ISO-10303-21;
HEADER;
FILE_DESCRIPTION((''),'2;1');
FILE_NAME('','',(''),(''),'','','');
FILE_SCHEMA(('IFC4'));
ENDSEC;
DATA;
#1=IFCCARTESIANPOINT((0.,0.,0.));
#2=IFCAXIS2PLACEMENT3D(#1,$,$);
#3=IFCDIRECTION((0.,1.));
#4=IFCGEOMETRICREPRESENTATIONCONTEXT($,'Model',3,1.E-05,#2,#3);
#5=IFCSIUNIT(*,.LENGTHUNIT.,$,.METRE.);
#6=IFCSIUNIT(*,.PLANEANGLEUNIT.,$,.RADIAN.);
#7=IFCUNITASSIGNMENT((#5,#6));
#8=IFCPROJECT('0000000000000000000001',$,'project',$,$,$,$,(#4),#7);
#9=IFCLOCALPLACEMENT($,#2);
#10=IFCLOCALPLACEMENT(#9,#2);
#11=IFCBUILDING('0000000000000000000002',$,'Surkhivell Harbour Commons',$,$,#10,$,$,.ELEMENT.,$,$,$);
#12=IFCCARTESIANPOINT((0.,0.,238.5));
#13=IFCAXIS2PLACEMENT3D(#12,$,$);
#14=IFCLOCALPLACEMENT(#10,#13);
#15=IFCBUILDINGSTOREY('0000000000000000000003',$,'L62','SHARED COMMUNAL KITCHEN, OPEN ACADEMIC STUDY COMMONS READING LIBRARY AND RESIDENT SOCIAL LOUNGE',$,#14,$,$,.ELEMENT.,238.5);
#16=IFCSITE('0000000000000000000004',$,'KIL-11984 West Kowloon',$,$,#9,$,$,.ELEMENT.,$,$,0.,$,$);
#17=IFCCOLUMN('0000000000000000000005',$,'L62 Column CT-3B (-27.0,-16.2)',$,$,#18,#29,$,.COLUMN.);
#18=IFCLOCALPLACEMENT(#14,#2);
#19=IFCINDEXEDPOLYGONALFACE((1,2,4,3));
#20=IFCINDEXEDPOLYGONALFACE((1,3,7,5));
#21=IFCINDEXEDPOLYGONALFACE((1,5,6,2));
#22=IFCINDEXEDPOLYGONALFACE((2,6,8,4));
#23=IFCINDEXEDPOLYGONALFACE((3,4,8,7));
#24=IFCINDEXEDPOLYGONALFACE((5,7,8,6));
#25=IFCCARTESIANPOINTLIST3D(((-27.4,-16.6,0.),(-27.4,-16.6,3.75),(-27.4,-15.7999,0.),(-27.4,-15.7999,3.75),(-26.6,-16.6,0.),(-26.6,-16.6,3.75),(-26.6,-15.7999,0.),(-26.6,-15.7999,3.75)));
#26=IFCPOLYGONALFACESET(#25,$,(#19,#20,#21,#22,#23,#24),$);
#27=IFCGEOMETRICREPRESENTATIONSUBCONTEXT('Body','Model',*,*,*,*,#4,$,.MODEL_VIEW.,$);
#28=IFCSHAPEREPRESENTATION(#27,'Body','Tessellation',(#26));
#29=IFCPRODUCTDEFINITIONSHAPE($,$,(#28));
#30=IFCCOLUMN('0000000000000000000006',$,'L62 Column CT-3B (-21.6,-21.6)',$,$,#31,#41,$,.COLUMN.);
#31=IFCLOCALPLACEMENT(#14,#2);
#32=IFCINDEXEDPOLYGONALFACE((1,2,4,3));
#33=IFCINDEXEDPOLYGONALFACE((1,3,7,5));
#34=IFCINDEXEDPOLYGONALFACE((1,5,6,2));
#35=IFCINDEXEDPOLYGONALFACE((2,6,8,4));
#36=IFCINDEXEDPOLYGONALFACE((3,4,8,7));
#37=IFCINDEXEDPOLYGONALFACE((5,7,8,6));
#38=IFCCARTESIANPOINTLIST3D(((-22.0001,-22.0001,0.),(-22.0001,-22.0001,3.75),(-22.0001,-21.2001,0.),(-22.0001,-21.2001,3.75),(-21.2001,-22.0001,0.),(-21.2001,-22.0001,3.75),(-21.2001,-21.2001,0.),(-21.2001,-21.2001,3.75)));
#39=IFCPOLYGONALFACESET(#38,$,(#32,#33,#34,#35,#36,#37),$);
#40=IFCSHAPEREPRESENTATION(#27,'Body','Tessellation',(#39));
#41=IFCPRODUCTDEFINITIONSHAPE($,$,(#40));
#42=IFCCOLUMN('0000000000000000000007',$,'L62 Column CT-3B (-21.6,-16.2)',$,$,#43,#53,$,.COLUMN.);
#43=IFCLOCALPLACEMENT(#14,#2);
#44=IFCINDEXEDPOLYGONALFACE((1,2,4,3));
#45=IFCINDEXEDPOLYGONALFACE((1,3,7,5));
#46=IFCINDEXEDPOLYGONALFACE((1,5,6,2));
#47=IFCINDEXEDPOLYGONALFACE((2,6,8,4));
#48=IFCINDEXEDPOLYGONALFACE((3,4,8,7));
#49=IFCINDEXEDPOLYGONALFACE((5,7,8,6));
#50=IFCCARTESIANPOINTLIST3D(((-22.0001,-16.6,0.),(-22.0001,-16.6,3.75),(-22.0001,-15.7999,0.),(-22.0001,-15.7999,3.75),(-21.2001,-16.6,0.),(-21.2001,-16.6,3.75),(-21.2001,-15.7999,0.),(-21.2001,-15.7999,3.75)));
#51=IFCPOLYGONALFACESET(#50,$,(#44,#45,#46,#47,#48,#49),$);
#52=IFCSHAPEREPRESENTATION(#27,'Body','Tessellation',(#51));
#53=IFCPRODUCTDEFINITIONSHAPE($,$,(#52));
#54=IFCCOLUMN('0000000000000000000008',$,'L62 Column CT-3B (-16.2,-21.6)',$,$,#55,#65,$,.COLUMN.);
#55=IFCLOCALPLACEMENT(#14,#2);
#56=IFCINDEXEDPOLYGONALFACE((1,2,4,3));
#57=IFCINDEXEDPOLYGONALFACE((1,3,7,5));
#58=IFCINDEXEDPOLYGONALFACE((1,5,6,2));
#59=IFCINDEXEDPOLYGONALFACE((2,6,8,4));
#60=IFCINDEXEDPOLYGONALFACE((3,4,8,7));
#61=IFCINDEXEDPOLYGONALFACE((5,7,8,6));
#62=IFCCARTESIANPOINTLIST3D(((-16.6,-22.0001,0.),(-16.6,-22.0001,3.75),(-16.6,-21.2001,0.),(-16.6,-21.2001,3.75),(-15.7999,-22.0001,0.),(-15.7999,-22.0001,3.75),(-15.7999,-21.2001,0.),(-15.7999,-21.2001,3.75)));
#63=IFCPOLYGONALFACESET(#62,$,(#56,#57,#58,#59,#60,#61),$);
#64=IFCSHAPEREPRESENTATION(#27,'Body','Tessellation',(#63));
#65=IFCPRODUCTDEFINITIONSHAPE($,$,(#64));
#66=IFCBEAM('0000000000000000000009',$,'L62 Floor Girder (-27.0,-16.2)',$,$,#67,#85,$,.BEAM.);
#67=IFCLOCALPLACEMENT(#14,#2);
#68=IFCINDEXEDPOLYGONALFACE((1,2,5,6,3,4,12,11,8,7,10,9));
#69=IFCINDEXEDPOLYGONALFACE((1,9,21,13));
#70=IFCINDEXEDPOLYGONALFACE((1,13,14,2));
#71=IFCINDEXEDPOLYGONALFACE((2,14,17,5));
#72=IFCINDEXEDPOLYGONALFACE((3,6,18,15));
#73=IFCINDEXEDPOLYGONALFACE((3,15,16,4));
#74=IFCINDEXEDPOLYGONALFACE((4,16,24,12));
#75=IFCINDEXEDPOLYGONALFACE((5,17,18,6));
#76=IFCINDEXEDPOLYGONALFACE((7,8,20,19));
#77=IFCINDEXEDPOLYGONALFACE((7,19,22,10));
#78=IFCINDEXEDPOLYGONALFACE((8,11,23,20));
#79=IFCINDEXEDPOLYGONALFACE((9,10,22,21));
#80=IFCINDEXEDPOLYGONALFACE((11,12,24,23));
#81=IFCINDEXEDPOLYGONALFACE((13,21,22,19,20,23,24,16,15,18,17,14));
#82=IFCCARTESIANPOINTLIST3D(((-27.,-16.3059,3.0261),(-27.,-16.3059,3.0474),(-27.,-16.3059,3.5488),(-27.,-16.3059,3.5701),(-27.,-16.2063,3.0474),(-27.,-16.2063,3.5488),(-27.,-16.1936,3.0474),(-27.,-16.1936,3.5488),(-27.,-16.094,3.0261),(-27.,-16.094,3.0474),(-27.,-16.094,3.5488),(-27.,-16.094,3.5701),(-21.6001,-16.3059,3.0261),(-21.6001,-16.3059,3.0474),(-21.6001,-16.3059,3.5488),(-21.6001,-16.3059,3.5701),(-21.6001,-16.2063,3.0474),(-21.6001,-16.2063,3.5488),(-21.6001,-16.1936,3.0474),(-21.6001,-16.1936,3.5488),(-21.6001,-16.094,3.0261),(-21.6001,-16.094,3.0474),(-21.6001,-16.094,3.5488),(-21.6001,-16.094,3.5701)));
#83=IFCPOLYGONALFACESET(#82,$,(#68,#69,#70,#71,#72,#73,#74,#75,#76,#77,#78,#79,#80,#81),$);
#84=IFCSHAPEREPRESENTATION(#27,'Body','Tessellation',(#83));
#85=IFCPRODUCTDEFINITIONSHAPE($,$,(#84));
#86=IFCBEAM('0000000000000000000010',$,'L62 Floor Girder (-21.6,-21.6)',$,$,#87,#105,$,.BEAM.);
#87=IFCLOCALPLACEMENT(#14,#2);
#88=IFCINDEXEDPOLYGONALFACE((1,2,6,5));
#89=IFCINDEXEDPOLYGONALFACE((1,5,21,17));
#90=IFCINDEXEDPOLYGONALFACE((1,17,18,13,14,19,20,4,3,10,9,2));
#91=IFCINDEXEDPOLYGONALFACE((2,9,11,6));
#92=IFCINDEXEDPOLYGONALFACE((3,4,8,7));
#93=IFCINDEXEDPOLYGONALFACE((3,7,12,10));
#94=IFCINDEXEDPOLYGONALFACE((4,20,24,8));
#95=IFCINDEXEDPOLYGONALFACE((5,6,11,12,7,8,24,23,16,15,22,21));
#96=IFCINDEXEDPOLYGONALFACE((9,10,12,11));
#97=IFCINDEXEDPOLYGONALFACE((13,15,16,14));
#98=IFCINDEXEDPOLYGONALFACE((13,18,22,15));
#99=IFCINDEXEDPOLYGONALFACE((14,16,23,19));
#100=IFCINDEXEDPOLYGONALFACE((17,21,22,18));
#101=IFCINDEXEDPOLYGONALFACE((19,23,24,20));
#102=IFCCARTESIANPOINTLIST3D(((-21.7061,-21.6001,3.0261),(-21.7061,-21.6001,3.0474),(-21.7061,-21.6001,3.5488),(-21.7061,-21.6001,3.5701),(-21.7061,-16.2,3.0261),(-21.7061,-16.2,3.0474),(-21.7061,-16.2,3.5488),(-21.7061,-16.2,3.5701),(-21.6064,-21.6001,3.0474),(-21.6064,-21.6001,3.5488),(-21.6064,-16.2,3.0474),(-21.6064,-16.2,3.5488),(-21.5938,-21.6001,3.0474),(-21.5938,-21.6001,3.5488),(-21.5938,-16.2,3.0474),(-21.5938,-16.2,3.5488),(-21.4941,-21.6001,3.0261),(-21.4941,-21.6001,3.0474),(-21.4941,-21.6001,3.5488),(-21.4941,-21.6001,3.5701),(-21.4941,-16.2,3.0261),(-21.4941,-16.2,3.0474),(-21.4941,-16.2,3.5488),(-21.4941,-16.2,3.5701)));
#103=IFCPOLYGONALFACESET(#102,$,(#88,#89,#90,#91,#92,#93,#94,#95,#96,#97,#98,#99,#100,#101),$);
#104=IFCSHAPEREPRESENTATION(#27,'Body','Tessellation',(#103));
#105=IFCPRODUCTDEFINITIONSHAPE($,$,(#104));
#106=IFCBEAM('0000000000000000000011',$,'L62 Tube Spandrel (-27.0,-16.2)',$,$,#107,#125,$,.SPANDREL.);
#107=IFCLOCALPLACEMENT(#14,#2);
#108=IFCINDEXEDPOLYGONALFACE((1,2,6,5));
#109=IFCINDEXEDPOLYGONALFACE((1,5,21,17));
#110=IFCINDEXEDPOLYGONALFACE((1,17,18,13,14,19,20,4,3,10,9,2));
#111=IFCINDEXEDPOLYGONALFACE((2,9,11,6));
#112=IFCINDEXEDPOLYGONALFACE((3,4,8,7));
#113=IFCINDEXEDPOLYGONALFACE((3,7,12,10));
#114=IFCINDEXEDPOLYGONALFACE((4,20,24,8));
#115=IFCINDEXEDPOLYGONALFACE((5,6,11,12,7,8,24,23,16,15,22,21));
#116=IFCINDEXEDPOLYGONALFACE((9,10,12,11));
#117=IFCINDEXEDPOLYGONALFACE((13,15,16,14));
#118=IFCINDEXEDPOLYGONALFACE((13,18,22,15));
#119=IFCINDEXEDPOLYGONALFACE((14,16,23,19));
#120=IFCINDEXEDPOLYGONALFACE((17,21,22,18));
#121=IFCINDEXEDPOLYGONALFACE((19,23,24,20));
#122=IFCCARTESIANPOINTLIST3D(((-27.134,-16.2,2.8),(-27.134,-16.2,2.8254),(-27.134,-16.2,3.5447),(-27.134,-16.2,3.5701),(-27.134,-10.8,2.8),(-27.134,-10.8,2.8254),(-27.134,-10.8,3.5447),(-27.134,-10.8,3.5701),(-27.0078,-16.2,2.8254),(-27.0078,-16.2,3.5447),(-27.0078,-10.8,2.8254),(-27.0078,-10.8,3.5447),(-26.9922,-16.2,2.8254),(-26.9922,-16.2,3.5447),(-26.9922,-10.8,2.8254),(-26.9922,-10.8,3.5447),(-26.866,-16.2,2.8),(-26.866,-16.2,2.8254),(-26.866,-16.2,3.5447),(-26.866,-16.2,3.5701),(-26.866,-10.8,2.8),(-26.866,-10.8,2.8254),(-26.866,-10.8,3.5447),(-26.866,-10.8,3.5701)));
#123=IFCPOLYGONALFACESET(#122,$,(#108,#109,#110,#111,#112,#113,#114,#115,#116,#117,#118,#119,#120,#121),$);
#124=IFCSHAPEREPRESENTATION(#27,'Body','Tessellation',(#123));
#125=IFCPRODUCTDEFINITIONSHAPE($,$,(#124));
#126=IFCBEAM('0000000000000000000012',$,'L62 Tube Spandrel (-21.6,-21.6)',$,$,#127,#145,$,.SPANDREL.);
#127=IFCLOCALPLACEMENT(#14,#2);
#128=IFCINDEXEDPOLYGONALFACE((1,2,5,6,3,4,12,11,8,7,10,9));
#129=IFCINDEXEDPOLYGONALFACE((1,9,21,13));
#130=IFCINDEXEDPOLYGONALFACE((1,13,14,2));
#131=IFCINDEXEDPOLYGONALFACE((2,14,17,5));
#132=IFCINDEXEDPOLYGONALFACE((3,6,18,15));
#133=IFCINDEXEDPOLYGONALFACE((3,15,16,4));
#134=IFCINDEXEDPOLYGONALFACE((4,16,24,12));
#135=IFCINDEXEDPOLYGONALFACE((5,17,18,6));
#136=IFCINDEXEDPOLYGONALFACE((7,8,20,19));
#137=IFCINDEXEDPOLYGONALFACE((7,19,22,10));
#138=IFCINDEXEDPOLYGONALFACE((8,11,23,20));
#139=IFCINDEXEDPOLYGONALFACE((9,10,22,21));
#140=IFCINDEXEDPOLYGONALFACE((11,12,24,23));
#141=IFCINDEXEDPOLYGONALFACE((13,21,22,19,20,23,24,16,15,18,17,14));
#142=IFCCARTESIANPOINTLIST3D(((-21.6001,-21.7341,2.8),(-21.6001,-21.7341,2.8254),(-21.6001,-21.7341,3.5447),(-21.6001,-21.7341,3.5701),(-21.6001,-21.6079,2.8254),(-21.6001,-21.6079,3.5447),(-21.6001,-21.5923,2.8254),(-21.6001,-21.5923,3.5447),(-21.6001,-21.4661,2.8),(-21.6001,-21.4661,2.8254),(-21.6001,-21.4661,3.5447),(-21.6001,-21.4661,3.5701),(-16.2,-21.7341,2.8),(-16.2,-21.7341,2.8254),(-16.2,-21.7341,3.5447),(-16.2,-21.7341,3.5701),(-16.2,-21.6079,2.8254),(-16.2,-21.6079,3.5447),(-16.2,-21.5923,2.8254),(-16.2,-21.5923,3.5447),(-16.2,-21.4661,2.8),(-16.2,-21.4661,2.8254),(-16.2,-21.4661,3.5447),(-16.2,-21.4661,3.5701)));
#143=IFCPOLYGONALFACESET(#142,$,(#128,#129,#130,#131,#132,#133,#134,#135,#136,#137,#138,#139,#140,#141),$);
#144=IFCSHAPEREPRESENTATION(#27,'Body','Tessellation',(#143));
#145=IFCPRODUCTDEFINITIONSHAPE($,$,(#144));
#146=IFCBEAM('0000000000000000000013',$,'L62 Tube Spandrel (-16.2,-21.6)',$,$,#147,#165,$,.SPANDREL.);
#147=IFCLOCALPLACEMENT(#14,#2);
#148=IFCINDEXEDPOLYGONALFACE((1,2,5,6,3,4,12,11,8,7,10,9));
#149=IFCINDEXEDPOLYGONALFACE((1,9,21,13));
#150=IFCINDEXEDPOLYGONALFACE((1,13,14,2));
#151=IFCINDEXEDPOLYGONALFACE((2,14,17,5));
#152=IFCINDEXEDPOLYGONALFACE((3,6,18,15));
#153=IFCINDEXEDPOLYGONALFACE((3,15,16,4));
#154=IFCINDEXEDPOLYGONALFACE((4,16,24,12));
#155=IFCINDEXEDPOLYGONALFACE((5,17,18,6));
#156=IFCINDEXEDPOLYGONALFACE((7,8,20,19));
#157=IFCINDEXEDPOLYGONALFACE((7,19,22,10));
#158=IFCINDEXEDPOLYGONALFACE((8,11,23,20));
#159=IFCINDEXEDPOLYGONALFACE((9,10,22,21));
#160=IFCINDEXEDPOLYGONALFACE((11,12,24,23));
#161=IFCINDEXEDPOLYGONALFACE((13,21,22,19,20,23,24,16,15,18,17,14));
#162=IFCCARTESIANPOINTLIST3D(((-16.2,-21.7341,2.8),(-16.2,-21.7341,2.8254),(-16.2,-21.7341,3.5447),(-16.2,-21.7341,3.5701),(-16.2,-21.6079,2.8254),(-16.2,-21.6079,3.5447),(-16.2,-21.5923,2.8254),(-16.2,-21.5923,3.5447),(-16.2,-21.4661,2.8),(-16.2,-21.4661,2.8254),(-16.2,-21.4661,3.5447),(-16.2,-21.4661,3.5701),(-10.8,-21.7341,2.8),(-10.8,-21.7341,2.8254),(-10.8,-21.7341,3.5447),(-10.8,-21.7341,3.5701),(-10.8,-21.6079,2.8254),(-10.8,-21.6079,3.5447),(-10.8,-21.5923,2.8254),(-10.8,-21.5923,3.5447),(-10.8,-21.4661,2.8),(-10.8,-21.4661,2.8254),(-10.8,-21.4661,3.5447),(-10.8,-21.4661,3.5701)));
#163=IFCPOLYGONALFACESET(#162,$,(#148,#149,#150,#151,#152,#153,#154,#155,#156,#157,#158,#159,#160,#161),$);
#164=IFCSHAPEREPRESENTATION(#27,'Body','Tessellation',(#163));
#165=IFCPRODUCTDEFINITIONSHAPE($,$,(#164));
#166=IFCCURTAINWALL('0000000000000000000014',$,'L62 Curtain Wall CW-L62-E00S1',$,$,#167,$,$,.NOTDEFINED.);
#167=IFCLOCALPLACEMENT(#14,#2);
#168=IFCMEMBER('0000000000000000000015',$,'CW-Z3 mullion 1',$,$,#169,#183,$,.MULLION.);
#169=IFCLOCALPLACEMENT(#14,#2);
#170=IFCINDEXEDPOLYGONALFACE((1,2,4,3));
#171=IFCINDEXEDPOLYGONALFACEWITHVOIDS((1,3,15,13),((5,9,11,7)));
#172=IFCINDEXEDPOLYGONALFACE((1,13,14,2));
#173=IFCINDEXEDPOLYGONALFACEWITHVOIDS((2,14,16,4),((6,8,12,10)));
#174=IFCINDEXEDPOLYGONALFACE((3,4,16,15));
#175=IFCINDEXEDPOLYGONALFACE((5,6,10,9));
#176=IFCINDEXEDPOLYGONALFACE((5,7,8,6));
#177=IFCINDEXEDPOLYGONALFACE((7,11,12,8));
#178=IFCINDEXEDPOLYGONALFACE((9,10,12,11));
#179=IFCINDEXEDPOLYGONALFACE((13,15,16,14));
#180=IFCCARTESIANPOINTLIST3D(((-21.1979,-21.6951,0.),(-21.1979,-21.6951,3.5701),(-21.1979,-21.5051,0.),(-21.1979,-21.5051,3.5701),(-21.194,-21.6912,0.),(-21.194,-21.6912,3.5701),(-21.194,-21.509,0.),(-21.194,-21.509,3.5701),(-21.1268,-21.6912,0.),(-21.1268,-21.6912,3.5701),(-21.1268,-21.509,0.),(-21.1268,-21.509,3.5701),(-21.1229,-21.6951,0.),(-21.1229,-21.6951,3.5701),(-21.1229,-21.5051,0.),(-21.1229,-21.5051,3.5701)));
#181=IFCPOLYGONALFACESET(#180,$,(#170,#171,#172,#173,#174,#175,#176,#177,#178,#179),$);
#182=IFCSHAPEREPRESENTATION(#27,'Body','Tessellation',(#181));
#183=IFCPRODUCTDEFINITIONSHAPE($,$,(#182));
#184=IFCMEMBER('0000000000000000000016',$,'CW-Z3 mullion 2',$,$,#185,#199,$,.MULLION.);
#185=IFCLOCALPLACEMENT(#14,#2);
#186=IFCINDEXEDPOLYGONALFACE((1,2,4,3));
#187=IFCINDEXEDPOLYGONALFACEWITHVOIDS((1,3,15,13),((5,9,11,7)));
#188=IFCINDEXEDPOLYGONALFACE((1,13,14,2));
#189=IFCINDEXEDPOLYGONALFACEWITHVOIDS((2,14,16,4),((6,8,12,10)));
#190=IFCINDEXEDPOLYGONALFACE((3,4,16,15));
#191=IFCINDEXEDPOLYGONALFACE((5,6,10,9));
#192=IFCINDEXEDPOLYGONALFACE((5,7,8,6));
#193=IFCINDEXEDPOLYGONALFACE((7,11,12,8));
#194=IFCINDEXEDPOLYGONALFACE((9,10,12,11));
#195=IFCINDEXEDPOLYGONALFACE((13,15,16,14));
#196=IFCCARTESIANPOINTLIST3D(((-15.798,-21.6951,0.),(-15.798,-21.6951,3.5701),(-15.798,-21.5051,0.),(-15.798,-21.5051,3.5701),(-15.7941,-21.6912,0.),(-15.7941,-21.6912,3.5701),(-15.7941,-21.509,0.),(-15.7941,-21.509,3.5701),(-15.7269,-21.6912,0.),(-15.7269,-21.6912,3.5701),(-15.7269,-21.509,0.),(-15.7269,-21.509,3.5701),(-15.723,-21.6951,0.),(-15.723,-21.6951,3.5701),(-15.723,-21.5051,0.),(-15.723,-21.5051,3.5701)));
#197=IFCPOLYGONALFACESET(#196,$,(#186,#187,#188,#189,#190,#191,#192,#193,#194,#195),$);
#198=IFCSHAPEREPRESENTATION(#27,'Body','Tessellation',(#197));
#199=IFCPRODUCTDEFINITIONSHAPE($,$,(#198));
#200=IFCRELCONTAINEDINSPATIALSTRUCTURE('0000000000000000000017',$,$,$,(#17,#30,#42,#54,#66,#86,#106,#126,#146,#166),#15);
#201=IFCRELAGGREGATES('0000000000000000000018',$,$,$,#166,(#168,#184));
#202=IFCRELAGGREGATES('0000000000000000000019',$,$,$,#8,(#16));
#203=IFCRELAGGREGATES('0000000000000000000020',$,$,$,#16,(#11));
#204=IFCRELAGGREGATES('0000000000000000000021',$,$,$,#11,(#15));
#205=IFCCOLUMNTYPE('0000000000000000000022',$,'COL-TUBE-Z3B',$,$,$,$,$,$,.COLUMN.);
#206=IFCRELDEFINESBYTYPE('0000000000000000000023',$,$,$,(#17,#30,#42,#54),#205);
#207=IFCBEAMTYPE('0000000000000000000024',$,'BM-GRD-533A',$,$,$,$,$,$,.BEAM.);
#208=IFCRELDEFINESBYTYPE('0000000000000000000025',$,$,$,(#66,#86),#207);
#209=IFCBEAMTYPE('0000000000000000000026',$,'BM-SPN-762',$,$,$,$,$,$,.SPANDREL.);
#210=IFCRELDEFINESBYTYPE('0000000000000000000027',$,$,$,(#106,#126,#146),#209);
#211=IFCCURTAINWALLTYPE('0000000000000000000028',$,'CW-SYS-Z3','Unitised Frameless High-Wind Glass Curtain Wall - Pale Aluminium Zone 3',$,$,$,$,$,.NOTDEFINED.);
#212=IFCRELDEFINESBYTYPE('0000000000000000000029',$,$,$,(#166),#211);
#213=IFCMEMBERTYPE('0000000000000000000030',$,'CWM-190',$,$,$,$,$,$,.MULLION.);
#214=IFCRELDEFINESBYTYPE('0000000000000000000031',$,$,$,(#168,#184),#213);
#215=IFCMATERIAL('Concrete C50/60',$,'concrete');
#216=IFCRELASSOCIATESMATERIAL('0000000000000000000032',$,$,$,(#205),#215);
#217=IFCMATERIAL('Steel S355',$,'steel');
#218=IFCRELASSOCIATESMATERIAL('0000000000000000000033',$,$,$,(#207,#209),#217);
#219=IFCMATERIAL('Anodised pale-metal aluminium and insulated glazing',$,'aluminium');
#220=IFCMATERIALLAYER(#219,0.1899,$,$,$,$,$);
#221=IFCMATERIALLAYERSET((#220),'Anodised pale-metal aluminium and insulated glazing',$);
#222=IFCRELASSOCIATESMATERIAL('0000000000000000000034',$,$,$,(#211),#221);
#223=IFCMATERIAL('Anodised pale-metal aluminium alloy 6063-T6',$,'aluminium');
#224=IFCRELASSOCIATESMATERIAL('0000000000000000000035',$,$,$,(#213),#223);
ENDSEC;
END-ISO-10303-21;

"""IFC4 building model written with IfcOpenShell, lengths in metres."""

from ifc_helpers import new_model, si_unit, direction, frame, origin, origin_2d, place, context, subcontext, project, spatial, rectangle, hollow_rectangle, i_section, extrude, material, layer, layer_set, material_profile, profile_set, type_object, element, aggregate, save


model = new_model("IFC4")

# Units and contexts
model_context = context("Model", 3, precision=1e-05, world=origin(), true_north=direction((0.0, 1.0)))
body_context = subcontext(model_context, "Body", "Model", "MODEL_VIEW")
ifc_project = project(units=[si_unit("LENGTHUNIT", "METRE"), si_unit("PLANEANGLEUNIT", "RADIAN")], contexts=[model_context])

# Site, building, storey
site_placement = place(None, origin())
site = spatial("IfcSite", under=ifc_project, at=site_placement, Name="KIL-11984 West Kowloon", CompositionType="ELEMENT", RefElevation=0.0)
building_placement = place(site_placement, origin())
building = spatial("IfcBuilding", under=site, at=building_placement, Name="Surkhivell Harbour Commons", CompositionType="ELEMENT")
storey_placement = place(building_placement, frame((0.0, 0.0, 238.5)))
storey = spatial("IfcBuildingStorey", under=building, at=storey_placement, Name="L62", Description="SHARED COMMUNAL KITCHEN, OPEN ACADEMIC STUDY COMMONS READING LIBRARY AND RESIDENT SOCIAL LOUNGE", CompositionType="ELEMENT", Elevation=238.5)

# Columns
ifc_material_1 = material(Name="Concrete C50/60", Category="concrete")
ifc_material_profile_1 = material_profile(ifc_material_1, rectangle(XDim=0.8, YDim=0.8, at=origin_2d()), Name="RC-COL-800x800")
ifc_profile_set_1 = profile_set([ifc_material_profile_1], Name="Concrete C50/60")
column_type = type_object("IfcColumnType", Name="COL-TUBE-Z3B", PredefinedType="COLUMN", material=ifc_profile_set_1)
for number, where, z_axis, x_axis, name in (
    (1, (-27.0, -16.2, 0.0), (0.0, 0.0, 1.0), (1.0, 0.0, 0.0), "L62 Column CT-3B (-27.0,-16.2)"),
    (2, (-21.6001, -21.6001, 0.0), (0.0, 0.0, 1.0), (1.0, 0.0, 0.0), "L62 Column CT-3B (-21.6,-21.6)"),
    (3, (-21.6001, -16.2, 0.0), (0.0, 0.0, 1.0), (1.0, 0.0, 0.0), "L62 Column CT-3B (-21.6,-16.2)"),
    (4, (-16.2, -21.6001, 0.0), (0.0, 0.0, 1.0), (1.0, 0.0, 0.0), "L62 Column CT-3B (-16.2,-21.6)"),
):
    element("IfcColumn", number, at=place(storey_placement, frame(where, z_axis=z_axis, x_axis=x_axis)), inside=storey, type_object=column_type, Name=name, PredefinedType="COLUMN", context=body_context, shape_type="SweptSolid", body=[
        extrude(rectangle(XDim=0.8, YDim=0.8, at=origin_2d()), origin(), (0.0, 0.0, 1.0), 3.75),
    ])

# Beams
ifc_material_2 = material(Name="Steel S355", Category="steel")
ifc_material_profile_2 = material_profile(ifc_material_2, i_section(OverallWidth=0.2119, OverallDepth=0.5439, WebThickness=0.0127, FlangeThickness=0.0212, at=origin_2d()), Name="UB533x210x122")
ifc_profile_set_2 = profile_set([ifc_material_profile_2], Name="Steel S355")
beam_type_1 = type_object("IfcBeamType", Name="BM-GRD-533A", PredefinedType="BEAM", material=ifc_profile_set_2)
beam_1_placement = place(storey_placement, frame((-27.0, -16.2, 3.2981), z_axis=(1.0, 0.0, 0.0), x_axis=(0.0, 1.0, 0.0)))
element("IfcBeam", 5, at=beam_1_placement, inside=storey, type_object=beam_type_1, Name="L62 Floor Girder (-27.0,-16.2)", PredefinedType="BEAM", context=body_context, shape_type="SweptSolid", body=[
    extrude(i_section(OverallWidth=0.2119, OverallDepth=0.5439, WebThickness=0.0127, FlangeThickness=0.0212, at=origin_2d()), origin(), (0.0, 0.0, 1.0), 5.3999),
])
beam_2_placement = place(storey_placement, frame((-21.6001, -21.6001, 3.2981), z_axis=(0.0, 1.0, 0.0), x_axis=(-1.0, 0.0, 0.0)))
element("IfcBeam", 6, at=beam_2_placement, inside=storey, type_object=beam_type_1, Name="L62 Floor Girder (-21.6,-21.6)", PredefinedType="BEAM", context=body_context, shape_type="SweptSolid", body=[
    extrude(i_section(OverallWidth=0.2119, OverallDepth=0.5439, WebThickness=0.0127, FlangeThickness=0.0212, at=origin_2d()), origin(), (0.0, 0.0, 1.0), 5.4001),
])
ifc_material_profile_3 = material_profile(ifc_material_2, i_section(OverallWidth=0.2681, OverallDepth=0.77, WebThickness=0.0156, FlangeThickness=0.0254, at=origin_2d()), Name="UB762x267x197")
ifc_profile_set_3 = profile_set([ifc_material_profile_3], Name="Steel S355")
beam_type_2 = type_object("IfcBeamType", Name="BM-SPN-762", PredefinedType="SPANDREL", material=ifc_profile_set_3)
beam_3_placement = place(storey_placement, frame((-27.0, -16.2, 3.1851), z_axis=(0.0, 1.0, 0.0), x_axis=(-1.0, 0.0, 0.0)))
element("IfcBeam", 7, at=beam_3_placement, inside=storey, type_object=beam_type_2, Name="L62 Tube Spandrel (-27.0,-16.2)", PredefinedType="SPANDREL", context=body_context, shape_type="SweptSolid", body=[
    extrude(i_section(OverallWidth=0.2681, OverallDepth=0.77, WebThickness=0.0156, FlangeThickness=0.0254, at=origin_2d()), origin(), (0.0, 0.0, 1.0), 5.3999),
])
beam_4_placement = place(storey_placement, frame((-21.6001, -21.6001, 3.1851), z_axis=(1.0, 0.0, 0.0), x_axis=(0.0, 1.0, 0.0)))
element("IfcBeam", 8, at=beam_4_placement, inside=storey, type_object=beam_type_2, Name="L62 Tube Spandrel (-21.6,-21.6)", PredefinedType="SPANDREL", context=body_context, shape_type="SweptSolid", body=[
    extrude(i_section(OverallWidth=0.2681, OverallDepth=0.77, WebThickness=0.0156, FlangeThickness=0.0254, at=origin_2d()), origin(), (0.0, 0.0, 1.0), 5.4001),
])
beam_5_placement = place(storey_placement, frame((-16.2, -21.6001, 3.1851), z_axis=(1.0, 0.0, 0.0), x_axis=(0.0, 1.0, 0.0)))
element("IfcBeam", 9, at=beam_5_placement, inside=storey, type_object=beam_type_2, Name="L62 Tube Spandrel (-16.2,-21.6)", PredefinedType="SPANDREL", context=body_context, shape_type="SweptSolid", body=[
    extrude(i_section(OverallWidth=0.2681, OverallDepth=0.77, WebThickness=0.0156, FlangeThickness=0.0254, at=origin_2d()), origin(), (0.0, 0.0, 1.0), 5.3999),
])

# Curtain wall, members
ifc_material_3 = material(Name="Anodised pale-metal aluminium and insulated glazing", Category="aluminium")
ifc_layer_1 = layer(ifc_material_3, 0.1899)
ifc_layer_set_1 = layer_set([ifc_layer_1], Name="Anodised pale-metal aluminium and insulated glazing")
curtain_wall_type = type_object("IfcCurtainWallType", Name="CW-SYS-Z3", Description="Unitised Frameless High-Wind Glass Curtain Wall - Pale Aluminium Zone 3", PredefinedType="NOTDEFINED", material=ifc_layer_set_1)
curtain_wall_placement = place(storey_placement, origin())
curtain_wall = element("IfcCurtainWall", 10, at=curtain_wall_placement, inside=storey, type_object=curtain_wall_type, Name="L62 Curtain Wall CW-L62-E00S1", PredefinedType="NOTDEFINED")
ifc_material_4 = material(Name="Anodised pale-metal aluminium alloy 6063-T6", Category="aluminium")
ifc_material_profile_4 = material_profile(ifc_material_4, hollow_rectangle(XDim=0.075, YDim=0.1899, WallThickness=0.0039, at=origin_2d()), Name="ALU-MULL-75x190")
ifc_profile_set_4 = profile_set([ifc_material_profile_4], Name="Anodised pale-metal aluminium alloy 6063-T6")
member_type_1 = type_object("IfcMemberType", Name="CWM-190", PredefinedType="MULLION", material=ifc_profile_set_4)
member_1_placement = place(storey_placement, frame((-21.1604, -21.6001, 0.0), z_axis=(0.0, 0.0, 1.0), x_axis=(1.0, 0.0, 0.0)))
member_1 = element("IfcMember", 11, at=member_1_placement, type_object=member_type_1, Name="CW-Z3 mullion 1", PredefinedType="MULLION", context=body_context, shape_type="SweptSolid", body=[
    extrude(hollow_rectangle(XDim=0.075, YDim=0.1899, WallThickness=0.0039, at=origin_2d()), origin(), (0.0, 0.0, 1.0), 3.5701),
])
member_2_placement = place(storey_placement, frame((-15.7605, -21.6001, 0.0), z_axis=(0.0, 0.0, 1.0), x_axis=(1.0, 0.0, 0.0)))
member_2 = element("IfcMember", 12, at=member_2_placement, type_object=member_type_1, Name="CW-Z3 mullion 2", PredefinedType="MULLION", context=body_context, shape_type="SweptSolid", body=[
    extrude(hollow_rectangle(XDim=0.075, YDim=0.1899, WallThickness=0.0039, at=origin_2d()), origin(), (0.0, 0.0, 1.0), 3.5701),
])

aggregate(curtain_wall, [member_1, member_2])

save(model, "model.ifc")
